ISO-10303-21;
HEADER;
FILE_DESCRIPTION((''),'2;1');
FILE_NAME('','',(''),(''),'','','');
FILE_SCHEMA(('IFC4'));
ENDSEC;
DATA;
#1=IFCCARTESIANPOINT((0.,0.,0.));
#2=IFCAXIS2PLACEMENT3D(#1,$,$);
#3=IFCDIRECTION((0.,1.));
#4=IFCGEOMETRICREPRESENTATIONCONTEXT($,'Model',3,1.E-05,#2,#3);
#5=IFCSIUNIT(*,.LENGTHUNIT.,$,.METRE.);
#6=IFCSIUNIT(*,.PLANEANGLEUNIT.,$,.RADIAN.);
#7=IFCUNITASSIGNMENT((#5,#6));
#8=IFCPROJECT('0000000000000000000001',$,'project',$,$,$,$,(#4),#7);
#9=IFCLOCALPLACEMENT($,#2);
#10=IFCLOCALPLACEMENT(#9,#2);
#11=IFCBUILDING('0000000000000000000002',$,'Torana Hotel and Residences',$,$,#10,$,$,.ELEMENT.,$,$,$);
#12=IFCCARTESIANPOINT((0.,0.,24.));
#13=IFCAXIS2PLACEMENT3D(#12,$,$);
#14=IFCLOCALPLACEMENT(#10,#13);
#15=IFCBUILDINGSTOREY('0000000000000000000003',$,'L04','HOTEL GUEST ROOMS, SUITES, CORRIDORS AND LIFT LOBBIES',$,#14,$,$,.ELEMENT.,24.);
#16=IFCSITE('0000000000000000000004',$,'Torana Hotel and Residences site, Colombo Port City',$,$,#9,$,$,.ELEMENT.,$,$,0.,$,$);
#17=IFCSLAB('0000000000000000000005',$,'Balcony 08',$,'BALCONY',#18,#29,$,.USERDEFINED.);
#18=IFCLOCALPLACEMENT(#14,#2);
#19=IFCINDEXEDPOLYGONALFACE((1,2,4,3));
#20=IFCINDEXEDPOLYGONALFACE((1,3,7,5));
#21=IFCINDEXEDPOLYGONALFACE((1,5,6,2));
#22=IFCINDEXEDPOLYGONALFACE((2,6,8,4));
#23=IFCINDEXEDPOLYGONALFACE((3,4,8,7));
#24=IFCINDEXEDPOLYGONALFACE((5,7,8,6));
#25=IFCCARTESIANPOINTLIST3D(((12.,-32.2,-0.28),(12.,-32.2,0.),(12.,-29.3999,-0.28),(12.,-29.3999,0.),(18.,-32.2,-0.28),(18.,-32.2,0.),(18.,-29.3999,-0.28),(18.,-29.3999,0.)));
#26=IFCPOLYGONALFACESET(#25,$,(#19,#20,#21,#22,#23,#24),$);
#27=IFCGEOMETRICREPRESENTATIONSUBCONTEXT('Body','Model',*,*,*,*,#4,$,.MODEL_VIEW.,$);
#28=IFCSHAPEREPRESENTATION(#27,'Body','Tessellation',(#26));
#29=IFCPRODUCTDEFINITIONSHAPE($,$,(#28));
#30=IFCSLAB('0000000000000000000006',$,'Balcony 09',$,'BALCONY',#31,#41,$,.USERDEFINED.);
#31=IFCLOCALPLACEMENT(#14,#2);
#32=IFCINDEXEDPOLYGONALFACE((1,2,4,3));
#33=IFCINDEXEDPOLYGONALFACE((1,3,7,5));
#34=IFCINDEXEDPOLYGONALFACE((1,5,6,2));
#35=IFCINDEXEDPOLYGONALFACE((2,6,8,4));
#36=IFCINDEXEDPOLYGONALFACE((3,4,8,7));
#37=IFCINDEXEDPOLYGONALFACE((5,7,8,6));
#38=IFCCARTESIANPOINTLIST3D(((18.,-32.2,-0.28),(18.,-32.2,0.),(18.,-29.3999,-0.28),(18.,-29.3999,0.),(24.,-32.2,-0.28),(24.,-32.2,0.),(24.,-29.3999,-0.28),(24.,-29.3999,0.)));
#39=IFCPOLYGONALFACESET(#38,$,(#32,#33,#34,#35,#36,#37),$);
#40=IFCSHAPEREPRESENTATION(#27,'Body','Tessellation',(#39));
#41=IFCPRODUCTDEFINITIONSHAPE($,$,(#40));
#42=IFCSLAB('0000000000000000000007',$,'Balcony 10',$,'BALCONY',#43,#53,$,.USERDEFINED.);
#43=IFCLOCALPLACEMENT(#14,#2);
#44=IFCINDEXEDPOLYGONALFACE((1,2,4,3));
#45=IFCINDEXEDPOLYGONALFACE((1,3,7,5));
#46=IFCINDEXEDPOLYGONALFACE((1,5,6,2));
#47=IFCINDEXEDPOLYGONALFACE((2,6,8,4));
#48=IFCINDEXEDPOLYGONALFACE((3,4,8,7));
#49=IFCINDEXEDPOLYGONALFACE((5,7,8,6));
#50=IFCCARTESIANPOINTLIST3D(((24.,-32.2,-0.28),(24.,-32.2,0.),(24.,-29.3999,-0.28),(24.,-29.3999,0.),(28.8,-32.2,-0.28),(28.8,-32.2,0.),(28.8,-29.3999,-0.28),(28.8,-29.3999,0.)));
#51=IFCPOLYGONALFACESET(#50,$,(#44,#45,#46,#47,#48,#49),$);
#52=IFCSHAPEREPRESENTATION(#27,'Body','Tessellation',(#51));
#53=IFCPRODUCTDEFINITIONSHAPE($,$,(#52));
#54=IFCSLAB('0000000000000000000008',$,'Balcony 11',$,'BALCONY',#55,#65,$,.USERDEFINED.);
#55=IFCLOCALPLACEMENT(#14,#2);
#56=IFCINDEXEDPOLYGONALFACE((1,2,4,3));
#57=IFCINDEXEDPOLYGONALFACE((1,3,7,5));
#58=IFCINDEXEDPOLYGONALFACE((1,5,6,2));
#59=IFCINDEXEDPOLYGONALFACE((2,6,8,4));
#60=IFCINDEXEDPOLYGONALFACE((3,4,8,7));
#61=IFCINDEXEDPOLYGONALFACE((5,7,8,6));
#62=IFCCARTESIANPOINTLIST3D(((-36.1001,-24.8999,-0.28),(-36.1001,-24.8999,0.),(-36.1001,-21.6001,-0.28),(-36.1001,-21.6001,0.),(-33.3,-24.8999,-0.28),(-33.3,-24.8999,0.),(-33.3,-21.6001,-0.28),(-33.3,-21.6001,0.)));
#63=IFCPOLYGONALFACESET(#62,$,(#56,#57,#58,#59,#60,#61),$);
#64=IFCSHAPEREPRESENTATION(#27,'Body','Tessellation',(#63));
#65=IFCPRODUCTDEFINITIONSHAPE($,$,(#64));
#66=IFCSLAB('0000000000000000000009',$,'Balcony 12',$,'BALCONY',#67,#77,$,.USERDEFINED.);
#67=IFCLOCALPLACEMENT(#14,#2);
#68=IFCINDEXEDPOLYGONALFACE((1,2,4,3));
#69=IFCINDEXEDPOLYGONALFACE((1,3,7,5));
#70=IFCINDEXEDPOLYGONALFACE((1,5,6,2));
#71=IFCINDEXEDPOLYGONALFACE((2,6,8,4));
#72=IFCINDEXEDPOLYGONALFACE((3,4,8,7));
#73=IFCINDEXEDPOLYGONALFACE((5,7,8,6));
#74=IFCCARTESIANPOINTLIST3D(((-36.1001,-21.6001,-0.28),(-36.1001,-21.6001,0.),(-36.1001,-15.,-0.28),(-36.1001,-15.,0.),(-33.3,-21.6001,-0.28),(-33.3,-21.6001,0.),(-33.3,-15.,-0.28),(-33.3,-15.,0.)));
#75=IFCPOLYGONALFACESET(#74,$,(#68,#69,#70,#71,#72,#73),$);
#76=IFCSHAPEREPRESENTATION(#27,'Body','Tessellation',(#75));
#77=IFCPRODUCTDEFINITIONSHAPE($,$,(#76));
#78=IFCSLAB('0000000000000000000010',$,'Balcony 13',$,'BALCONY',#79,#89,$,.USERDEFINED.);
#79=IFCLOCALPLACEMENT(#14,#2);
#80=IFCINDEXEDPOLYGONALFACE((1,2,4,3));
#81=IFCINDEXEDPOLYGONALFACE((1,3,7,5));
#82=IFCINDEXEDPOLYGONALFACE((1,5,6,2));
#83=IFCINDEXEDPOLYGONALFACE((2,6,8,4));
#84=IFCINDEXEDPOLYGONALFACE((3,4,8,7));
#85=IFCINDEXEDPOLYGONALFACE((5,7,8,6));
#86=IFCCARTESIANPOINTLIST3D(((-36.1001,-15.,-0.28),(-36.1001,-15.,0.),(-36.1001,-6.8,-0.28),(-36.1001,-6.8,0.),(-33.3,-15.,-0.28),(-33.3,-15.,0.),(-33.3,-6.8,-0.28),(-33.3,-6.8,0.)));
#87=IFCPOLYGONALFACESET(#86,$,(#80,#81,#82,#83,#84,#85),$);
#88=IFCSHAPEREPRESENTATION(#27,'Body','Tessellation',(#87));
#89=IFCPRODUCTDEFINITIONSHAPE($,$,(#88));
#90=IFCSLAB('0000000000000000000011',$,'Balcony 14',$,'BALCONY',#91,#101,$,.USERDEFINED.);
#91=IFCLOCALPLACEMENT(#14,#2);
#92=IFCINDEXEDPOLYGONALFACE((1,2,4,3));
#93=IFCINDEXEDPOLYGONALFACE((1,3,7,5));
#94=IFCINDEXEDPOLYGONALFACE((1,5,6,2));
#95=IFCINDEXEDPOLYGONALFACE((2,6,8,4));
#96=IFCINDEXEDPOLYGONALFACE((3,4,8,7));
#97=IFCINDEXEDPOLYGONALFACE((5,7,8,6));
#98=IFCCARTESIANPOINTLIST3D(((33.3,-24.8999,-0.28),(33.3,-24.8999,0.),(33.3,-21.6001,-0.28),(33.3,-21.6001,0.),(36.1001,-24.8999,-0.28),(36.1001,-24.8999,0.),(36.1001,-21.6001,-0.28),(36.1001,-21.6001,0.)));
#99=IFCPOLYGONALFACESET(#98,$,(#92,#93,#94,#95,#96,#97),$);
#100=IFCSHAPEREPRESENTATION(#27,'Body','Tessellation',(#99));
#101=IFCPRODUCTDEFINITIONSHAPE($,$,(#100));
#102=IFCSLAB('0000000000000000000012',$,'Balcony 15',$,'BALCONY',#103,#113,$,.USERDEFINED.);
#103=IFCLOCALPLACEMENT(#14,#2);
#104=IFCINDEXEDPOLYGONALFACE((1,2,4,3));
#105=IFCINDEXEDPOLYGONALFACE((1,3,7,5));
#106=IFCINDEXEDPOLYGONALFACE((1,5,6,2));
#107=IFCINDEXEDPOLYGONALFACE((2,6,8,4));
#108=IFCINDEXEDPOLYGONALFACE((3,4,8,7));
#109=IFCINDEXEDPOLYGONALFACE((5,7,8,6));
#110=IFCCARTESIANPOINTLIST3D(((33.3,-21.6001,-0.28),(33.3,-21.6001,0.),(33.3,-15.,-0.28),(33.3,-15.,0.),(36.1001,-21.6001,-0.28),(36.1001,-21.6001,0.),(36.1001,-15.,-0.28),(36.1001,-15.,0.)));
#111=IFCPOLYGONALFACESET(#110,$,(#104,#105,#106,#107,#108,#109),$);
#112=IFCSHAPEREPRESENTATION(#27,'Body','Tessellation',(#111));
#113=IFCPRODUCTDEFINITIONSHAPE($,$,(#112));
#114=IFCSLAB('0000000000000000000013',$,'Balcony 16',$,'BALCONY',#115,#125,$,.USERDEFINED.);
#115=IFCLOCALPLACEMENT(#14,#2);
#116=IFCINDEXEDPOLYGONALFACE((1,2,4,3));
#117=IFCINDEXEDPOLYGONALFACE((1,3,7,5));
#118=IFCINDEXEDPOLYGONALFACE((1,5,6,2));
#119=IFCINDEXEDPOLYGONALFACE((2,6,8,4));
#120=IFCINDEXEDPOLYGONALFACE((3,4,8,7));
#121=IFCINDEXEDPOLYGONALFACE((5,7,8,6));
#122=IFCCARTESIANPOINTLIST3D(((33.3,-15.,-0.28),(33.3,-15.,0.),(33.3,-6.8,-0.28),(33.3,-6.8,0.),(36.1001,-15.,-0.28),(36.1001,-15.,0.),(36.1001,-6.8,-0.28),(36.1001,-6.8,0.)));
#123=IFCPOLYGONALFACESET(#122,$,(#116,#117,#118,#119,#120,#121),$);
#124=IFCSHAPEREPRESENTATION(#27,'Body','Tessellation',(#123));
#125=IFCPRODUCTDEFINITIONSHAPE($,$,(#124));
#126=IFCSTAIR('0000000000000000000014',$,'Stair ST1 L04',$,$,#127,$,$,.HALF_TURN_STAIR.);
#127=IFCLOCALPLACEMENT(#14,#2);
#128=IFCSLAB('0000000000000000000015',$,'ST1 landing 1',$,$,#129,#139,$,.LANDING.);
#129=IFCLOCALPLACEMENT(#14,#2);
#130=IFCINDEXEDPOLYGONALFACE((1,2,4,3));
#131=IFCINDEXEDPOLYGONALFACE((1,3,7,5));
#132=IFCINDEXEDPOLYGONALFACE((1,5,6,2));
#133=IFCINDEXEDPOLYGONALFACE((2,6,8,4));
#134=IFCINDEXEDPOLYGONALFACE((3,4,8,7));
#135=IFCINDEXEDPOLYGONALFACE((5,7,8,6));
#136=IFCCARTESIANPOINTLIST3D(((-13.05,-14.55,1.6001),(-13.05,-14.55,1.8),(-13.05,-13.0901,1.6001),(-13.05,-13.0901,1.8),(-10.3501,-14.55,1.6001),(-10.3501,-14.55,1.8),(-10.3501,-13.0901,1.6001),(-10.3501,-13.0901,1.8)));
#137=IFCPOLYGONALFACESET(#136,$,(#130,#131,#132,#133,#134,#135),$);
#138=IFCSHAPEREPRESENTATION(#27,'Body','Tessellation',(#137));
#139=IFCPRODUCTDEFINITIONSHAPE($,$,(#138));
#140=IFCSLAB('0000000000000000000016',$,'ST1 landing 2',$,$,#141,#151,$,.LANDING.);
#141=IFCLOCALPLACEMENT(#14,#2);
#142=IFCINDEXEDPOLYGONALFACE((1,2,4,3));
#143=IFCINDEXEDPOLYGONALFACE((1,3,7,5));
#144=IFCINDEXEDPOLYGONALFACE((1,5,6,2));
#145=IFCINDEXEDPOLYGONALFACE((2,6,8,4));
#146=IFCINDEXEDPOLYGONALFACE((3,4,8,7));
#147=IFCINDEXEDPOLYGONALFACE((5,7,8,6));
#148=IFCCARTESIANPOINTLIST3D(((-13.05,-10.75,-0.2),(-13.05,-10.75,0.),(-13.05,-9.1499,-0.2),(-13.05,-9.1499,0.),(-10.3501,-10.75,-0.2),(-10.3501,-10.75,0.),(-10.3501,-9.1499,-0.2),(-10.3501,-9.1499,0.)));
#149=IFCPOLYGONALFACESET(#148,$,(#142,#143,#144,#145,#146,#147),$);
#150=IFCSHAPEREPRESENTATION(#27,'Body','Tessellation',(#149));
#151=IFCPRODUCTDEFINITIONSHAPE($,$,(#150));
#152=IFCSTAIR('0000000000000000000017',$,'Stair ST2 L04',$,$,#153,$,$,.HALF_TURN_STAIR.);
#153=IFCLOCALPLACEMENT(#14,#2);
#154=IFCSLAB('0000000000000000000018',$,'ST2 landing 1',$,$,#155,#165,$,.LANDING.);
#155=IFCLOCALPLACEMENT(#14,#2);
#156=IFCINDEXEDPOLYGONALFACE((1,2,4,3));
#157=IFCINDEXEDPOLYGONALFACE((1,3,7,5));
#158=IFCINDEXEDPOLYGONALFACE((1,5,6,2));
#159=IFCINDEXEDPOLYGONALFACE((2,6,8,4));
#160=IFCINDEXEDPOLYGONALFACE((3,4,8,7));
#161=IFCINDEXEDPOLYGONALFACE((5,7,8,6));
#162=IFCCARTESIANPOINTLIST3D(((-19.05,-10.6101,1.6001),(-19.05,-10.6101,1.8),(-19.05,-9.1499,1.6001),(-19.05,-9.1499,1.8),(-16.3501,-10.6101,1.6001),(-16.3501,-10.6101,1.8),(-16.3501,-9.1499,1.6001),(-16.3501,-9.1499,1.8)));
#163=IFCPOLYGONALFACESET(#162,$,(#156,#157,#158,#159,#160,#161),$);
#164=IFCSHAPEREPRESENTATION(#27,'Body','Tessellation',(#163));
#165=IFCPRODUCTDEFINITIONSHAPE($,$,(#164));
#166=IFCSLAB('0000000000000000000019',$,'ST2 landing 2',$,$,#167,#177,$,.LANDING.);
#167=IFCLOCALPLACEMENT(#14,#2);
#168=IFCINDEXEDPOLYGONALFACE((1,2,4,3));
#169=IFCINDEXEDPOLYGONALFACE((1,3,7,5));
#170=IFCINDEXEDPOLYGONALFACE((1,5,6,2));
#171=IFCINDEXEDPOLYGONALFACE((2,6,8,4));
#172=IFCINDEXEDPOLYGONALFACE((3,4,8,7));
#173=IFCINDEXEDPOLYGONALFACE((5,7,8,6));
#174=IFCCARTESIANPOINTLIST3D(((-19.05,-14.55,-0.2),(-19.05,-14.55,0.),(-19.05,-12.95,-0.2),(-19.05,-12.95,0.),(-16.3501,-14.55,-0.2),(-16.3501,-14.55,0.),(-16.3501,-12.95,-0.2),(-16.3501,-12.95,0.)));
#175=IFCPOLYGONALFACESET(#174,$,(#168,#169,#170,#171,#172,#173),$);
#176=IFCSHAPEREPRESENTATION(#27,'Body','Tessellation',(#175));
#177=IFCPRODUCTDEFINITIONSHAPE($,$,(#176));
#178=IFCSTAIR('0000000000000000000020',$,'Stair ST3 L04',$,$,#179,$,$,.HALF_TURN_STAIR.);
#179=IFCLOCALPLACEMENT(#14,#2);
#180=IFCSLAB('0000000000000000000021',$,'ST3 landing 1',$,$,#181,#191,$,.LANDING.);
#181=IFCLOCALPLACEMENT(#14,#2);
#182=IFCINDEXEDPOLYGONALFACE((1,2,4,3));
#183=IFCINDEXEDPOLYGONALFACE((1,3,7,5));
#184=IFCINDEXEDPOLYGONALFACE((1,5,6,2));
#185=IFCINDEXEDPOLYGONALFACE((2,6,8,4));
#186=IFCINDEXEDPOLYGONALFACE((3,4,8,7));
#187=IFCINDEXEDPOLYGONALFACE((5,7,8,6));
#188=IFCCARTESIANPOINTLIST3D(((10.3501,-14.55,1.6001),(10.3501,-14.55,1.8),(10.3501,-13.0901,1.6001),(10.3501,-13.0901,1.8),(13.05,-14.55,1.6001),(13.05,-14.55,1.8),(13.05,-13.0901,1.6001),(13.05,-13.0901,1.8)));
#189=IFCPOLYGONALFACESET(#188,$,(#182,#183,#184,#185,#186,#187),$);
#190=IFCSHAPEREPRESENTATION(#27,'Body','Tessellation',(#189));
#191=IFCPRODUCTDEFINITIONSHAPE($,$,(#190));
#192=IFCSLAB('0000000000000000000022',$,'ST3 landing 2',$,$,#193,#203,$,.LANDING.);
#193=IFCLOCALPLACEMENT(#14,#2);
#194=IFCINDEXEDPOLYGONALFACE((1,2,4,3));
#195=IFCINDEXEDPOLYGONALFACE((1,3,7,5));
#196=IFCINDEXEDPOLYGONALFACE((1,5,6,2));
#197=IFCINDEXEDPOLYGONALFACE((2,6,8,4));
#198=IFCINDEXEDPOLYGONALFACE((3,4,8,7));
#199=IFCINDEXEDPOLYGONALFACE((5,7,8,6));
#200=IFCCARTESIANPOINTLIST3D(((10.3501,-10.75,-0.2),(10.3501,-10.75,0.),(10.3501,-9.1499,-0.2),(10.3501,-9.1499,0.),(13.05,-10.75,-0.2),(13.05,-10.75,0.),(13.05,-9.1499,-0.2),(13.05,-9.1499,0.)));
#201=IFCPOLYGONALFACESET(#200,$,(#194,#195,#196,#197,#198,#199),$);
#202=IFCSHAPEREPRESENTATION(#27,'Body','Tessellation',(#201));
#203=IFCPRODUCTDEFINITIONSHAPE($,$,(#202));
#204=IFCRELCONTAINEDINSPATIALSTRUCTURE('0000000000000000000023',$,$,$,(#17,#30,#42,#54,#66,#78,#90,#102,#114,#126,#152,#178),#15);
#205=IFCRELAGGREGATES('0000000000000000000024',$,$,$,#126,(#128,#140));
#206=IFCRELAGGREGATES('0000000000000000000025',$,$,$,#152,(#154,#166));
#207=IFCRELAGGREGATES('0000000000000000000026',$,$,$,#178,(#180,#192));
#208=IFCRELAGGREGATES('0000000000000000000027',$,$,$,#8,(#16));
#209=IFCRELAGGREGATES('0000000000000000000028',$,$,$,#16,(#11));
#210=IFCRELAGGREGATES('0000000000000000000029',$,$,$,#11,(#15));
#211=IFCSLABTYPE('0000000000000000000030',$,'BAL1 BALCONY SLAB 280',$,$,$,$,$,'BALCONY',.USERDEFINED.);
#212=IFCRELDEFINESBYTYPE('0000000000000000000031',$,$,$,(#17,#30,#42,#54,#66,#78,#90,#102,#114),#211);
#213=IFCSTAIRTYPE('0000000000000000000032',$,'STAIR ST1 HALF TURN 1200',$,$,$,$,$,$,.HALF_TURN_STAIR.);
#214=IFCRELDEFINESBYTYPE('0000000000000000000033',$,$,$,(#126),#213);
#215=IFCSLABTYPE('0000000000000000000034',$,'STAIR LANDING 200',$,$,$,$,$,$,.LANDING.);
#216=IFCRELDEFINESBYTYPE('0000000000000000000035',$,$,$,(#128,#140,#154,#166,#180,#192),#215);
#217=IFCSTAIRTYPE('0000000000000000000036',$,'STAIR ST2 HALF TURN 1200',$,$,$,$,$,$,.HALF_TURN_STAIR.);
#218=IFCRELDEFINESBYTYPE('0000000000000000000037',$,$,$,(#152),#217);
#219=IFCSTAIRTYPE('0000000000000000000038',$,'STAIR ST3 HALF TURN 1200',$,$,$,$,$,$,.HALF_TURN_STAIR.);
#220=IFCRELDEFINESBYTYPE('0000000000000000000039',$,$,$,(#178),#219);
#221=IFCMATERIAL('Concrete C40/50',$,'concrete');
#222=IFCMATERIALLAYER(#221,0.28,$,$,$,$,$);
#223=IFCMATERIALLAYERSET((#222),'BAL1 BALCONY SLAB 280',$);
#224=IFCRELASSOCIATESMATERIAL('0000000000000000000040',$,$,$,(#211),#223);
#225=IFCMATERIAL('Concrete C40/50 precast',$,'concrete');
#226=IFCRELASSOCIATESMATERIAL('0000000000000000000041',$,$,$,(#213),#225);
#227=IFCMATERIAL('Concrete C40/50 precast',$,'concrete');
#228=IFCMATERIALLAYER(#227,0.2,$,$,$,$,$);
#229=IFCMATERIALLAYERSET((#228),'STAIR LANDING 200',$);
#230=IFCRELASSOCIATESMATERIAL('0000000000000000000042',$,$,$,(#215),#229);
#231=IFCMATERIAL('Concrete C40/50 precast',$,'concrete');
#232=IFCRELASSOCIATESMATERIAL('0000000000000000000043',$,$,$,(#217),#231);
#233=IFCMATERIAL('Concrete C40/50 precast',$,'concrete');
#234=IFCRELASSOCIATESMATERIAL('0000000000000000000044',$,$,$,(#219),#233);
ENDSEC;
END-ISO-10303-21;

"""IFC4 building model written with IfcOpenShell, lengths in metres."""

from ifc_helpers import new_model, si_unit, direction, frame, origin, place, context, subcontext, project, spatial, polyline, outline, extrude, material, layer, layer_set, type_object, element, aggregate, save


model = new_model("IFC4")

# Units and contexts
model_context = context("Model", 3, precision=1e-05, world=origin(), true_north=direction((0.0, 1.0)))
body_context = subcontext(model_context, "Body", "Model", "MODEL_VIEW")
ifc_project = project(units=[si_unit("LENGTHUNIT", "METRE"), si_unit("PLANEANGLEUNIT", "RADIAN")], contexts=[model_context])

# Site, building, storey
site_placement = place(None, origin())
site = spatial("IfcSite", under=ifc_project, at=site_placement, Name="Torana Hotel and Residences site, Colombo Port City", CompositionType="ELEMENT", RefElevation=0.0)
building_placement = place(site_placement, origin())
building = spatial("IfcBuilding", under=site, at=building_placement, Name="Torana Hotel and Residences", CompositionType="ELEMENT")
storey_placement = place(building_placement, frame((0.0, 0.0, 24.0)))
storey = spatial("IfcBuildingStorey", under=building, at=storey_placement, Name="L04", Description="HOTEL GUEST ROOMS, SUITES, CORRIDORS AND LIFT LOBBIES", CompositionType="ELEMENT", Elevation=24.0)

# Slabs
ifc_material_1 = material(Name="Concrete C40/50", Category="concrete")
ifc_layer_1 = layer(ifc_material_1, 0.28)
ifc_layer_set_1 = layer_set([ifc_layer_1], Name="BAL1 BALCONY SLAB 280")
slab_type_1 = type_object("IfcSlabType", Name="BAL1 BALCONY SLAB 280", ElementType="BALCONY", PredefinedType="USERDEFINED", material=ifc_layer_set_1)
slab_1_placement = place(storey_placement, frame((0.0, 0.0, -0.28)))
element("IfcSlab", 1, at=slab_1_placement, inside=storey, type_object=slab_type_1, Name="Balcony 08", ObjectType="BALCONY", PredefinedType="USERDEFINED", context=body_context, shape_type="SweptSolid", body=[
    extrude(outline(polyline([(12.0, -32.2), (18.0, -32.2), (18.0, -29.3999), (12.0, -29.3999), (12.0, -32.2)])), origin(), (0.0, 0.0, 1.0), 0.28),
])
slab_2_placement = place(storey_placement, frame((0.0, 0.0, -0.28)))
element("IfcSlab", 2, at=slab_2_placement, inside=storey, type_object=slab_type_1, Name="Balcony 09", ObjectType="BALCONY", PredefinedType="USERDEFINED", context=body_context, shape_type="SweptSolid", body=[
    extrude(outline(polyline([(18.0, -32.2), (24.0, -32.2), (24.0, -29.3999), (18.0, -29.3999), (18.0, -32.2)])), origin(), (0.0, 0.0, 1.0), 0.28),
])
slab_3_placement = place(storey_placement, frame((0.0, 0.0, -0.28)))
element("IfcSlab", 3, at=slab_3_placement, inside=storey, type_object=slab_type_1, Name="Balcony 10", ObjectType="BALCONY", PredefinedType="USERDEFINED", context=body_context, shape_type="SweptSolid", body=[
    extrude(outline(polyline([(24.0, -32.2), (28.8, -32.2), (28.8, -29.3999), (24.0, -29.3999), (24.0, -32.2)])), origin(), (0.0, 0.0, 1.0), 0.28),
])
slab_4_placement = place(storey_placement, frame((0.0, 0.0, -0.28)))
element("IfcSlab", 4, at=slab_4_placement, inside=storey, type_object=slab_type_1, Name="Balcony 11", ObjectType="BALCONY", PredefinedType="USERDEFINED", context=body_context, shape_type="SweptSolid", body=[
    extrude(outline(polyline([(-36.1001, -24.8999), (-33.3, -24.8999), (-33.3, -21.6001), (-36.1001, -21.6001), (-36.1001, -24.8999)])), origin(), (0.0, 0.0, 1.0), 0.28),
])
slab_5_placement = place(storey_placement, frame((0.0, 0.0, -0.28)))
element("IfcSlab", 5, at=slab_5_placement, inside=storey, type_object=slab_type_1, Name="Balcony 12", ObjectType="BALCONY", PredefinedType="USERDEFINED", context=body_context, shape_type="SweptSolid", body=[
    extrude(outline(polyline([(-36.1001, -21.6001), (-33.3, -21.6001), (-33.3, -15.0), (-36.1001, -15.0), (-36.1001, -21.6001)])), origin(), (0.0, 0.0, 1.0), 0.28),
])
slab_6_placement = place(storey_placement, frame((0.0, 0.0, -0.28)))
element("IfcSlab", 6, at=slab_6_placement, inside=storey, type_object=slab_type_1, Name="Balcony 13", ObjectType="BALCONY", PredefinedType="USERDEFINED", context=body_context, shape_type="SweptSolid", body=[
    extrude(outline(polyline([(-36.1001, -15.0), (-33.3, -15.0), (-33.3, -6.8), (-36.1001, -6.8), (-36.1001, -15.0)])), origin(), (0.0, 0.0, 1.0), 0.28),
])
slab_7_placement = place(storey_placement, frame((0.0, 0.0, -0.28)))
element("IfcSlab", 7, at=slab_7_placement, inside=storey, type_object=slab_type_1, Name="Balcony 14", ObjectType="BALCONY", PredefinedType="USERDEFINED", context=body_context, shape_type="SweptSolid", body=[
    extrude(outline(polyline([(33.3, -24.8999), (36.1001, -24.8999), (36.1001, -21.6001), (33.3, -21.6001), (33.3, -24.8999)])), origin(), (0.0, 0.0, 1.0), 0.28),
])
slab_8_placement = place(storey_placement, frame((0.0, 0.0, -0.28)))
element("IfcSlab", 8, at=slab_8_placement, inside=storey, type_object=slab_type_1, Name="Balcony 15", ObjectType="BALCONY", PredefinedType="USERDEFINED", context=body_context, shape_type="SweptSolid", body=[
    extrude(outline(polyline([(33.3, -21.6001), (36.1001, -21.6001), (36.1001, -15.0), (33.3, -15.0), (33.3, -21.6001)])), origin(), (0.0, 0.0, 1.0), 0.28),
])
slab_9_placement = place(storey_placement, frame((0.0, 0.0, -0.28)))
element("IfcSlab", 9, at=slab_9_placement, inside=storey, type_object=slab_type_1, Name="Balcony 16", ObjectType="BALCONY", PredefinedType="USERDEFINED", context=body_context, shape_type="SweptSolid", body=[
    extrude(outline(polyline([(33.3, -15.0), (36.1001, -15.0), (36.1001, -6.8), (33.3, -6.8), (33.3, -15.0)])), origin(), (0.0, 0.0, 1.0), 0.28),
])

# Stairs, slabs
ifc_material_2 = material(Name="Concrete C40/50 precast", Category="concrete")
stair_type_1 = type_object("IfcStairType", Name="STAIR ST1 HALF TURN 1200", PredefinedType="HALF_TURN_STAIR", material=ifc_material_2)
stair_1_placement = place(storey_placement, origin())
stair_1 = element("IfcStair", 10, at=stair_1_placement, inside=storey, type_object=stair_type_1, Name="Stair ST1 L04", PredefinedType="HALF_TURN_STAIR")
ifc_material_3 = material(Name="Concrete C40/50 precast", Category="concrete")
ifc_layer_2 = layer(ifc_material_3, 0.2)
ifc_layer_set_2 = layer_set([ifc_layer_2], Name="STAIR LANDING 200")
slab_type_2 = type_object("IfcSlabType", Name="STAIR LANDING 200", PredefinedType="LANDING", material=ifc_layer_set_2)
slab_10_placement = place(storey_placement, frame((0.0, 0.0, 1.6001)))
slab_10 = element("IfcSlab", 11, at=slab_10_placement, type_object=slab_type_2, Name="ST1 landing 1", PredefinedType="LANDING", context=body_context, shape_type="SweptSolid", body=[
    extrude(outline(polyline([(-13.05, -14.55), (-10.3501, -14.55), (-10.3501, -13.0901), (-13.05, -13.0901), (-13.05, -14.55)])), origin(), (0.0, 0.0, 1.0), 0.2),
])
slab_11_placement = place(storey_placement, frame((0.0, 0.0, -0.2)))
slab_11 = element("IfcSlab", 12, at=slab_11_placement, type_object=slab_type_2, Name="ST1 landing 2", PredefinedType="LANDING", context=body_context, shape_type="SweptSolid", body=[
    extrude(outline(polyline([(-13.05, -10.75), (-10.3501, -10.75), (-10.3501, -9.1499), (-13.05, -9.1499), (-13.05, -10.75)])), origin(), (0.0, 0.0, 1.0), 0.2),
])
aggregate(stair_1, [slab_10, slab_11])
ifc_material_4 = material(Name="Concrete C40/50 precast", Category="concrete")
stair_type_2 = type_object("IfcStairType", Name="STAIR ST2 HALF TURN 1200", PredefinedType="HALF_TURN_STAIR", material=ifc_material_4)
stair_2_placement = place(storey_placement, origin())
stair_2 = element("IfcStair", 13, at=stair_2_placement, inside=storey, type_object=stair_type_2, Name="Stair ST2 L04", PredefinedType="HALF_TURN_STAIR")
slab_12_placement = place(storey_placement, frame((0.0, 0.0, 1.6001)))
slab_12 = element("IfcSlab", 14, at=slab_12_placement, type_object=slab_type_2, Name="ST2 landing 1", PredefinedType="LANDING", context=body_context, shape_type="SweptSolid", body=[
    extrude(outline(polyline([(-19.05, -10.6101), (-16.3501, -10.6101), (-16.3501, -9.1499), (-19.05, -9.1499), (-19.05, -10.6101)])), origin(), (0.0, 0.0, 1.0), 0.2),
])
slab_13_placement = place(storey_placement, frame((0.0, 0.0, -0.2)))
slab_13 = element("IfcSlab", 15, at=slab_13_placement, type_object=slab_type_2, Name="ST2 landing 2", PredefinedType="LANDING", context=body_context, shape_type="SweptSolid", body=[
    extrude(outline(polyline([(-19.05, -14.55), (-16.3501, -14.55), (-16.3501, -12.95), (-19.05, -12.95), (-19.05, -14.55)])), origin(), (0.0, 0.0, 1.0), 0.2),
])
aggregate(stair_2, [slab_12, slab_13])
ifc_material_5 = material(Name="Concrete C40/50 precast", Category="concrete")
stair_type_3 = type_object("IfcStairType", Name="STAIR ST3 HALF TURN 1200", PredefinedType="HALF_TURN_STAIR", material=ifc_material_5)
stair_3_placement = place(storey_placement, origin())
stair_3 = element("IfcStair", 16, at=stair_3_placement, inside=storey, type_object=stair_type_3, Name="Stair ST3 L04", PredefinedType="HALF_TURN_STAIR")
slab_14_placement = place(storey_placement, frame((0.0, 0.0, 1.6001)))
slab_14 = element("IfcSlab", 17, at=slab_14_placement, type_object=slab_type_2, Name="ST3 landing 1", PredefinedType="LANDING", context=body_context, shape_type="SweptSolid", body=[
    extrude(outline(polyline([(10.3501, -14.55), (13.05, -14.55), (13.05, -13.0901), (10.3501, -13.0901), (10.3501, -14.55)])), origin(), (0.0, 0.0, 1.0), 0.2),
])
slab_15_placement = place(storey_placement, frame((0.0, 0.0, -0.2)))
slab_15 = element("IfcSlab", 18, at=slab_15_placement, type_object=slab_type_2, Name="ST3 landing 2", PredefinedType="LANDING", context=body_context, shape_type="SweptSolid", body=[
    extrude(outline(polyline([(10.3501, -10.75), (13.05, -10.75), (13.05, -9.1499), (10.3501, -9.1499), (10.3501, -10.75)])), origin(), (0.0, 0.0, 1.0), 0.2),
])
aggregate(stair_3, [slab_14, slab_15])

save(model, "model.ifc")
